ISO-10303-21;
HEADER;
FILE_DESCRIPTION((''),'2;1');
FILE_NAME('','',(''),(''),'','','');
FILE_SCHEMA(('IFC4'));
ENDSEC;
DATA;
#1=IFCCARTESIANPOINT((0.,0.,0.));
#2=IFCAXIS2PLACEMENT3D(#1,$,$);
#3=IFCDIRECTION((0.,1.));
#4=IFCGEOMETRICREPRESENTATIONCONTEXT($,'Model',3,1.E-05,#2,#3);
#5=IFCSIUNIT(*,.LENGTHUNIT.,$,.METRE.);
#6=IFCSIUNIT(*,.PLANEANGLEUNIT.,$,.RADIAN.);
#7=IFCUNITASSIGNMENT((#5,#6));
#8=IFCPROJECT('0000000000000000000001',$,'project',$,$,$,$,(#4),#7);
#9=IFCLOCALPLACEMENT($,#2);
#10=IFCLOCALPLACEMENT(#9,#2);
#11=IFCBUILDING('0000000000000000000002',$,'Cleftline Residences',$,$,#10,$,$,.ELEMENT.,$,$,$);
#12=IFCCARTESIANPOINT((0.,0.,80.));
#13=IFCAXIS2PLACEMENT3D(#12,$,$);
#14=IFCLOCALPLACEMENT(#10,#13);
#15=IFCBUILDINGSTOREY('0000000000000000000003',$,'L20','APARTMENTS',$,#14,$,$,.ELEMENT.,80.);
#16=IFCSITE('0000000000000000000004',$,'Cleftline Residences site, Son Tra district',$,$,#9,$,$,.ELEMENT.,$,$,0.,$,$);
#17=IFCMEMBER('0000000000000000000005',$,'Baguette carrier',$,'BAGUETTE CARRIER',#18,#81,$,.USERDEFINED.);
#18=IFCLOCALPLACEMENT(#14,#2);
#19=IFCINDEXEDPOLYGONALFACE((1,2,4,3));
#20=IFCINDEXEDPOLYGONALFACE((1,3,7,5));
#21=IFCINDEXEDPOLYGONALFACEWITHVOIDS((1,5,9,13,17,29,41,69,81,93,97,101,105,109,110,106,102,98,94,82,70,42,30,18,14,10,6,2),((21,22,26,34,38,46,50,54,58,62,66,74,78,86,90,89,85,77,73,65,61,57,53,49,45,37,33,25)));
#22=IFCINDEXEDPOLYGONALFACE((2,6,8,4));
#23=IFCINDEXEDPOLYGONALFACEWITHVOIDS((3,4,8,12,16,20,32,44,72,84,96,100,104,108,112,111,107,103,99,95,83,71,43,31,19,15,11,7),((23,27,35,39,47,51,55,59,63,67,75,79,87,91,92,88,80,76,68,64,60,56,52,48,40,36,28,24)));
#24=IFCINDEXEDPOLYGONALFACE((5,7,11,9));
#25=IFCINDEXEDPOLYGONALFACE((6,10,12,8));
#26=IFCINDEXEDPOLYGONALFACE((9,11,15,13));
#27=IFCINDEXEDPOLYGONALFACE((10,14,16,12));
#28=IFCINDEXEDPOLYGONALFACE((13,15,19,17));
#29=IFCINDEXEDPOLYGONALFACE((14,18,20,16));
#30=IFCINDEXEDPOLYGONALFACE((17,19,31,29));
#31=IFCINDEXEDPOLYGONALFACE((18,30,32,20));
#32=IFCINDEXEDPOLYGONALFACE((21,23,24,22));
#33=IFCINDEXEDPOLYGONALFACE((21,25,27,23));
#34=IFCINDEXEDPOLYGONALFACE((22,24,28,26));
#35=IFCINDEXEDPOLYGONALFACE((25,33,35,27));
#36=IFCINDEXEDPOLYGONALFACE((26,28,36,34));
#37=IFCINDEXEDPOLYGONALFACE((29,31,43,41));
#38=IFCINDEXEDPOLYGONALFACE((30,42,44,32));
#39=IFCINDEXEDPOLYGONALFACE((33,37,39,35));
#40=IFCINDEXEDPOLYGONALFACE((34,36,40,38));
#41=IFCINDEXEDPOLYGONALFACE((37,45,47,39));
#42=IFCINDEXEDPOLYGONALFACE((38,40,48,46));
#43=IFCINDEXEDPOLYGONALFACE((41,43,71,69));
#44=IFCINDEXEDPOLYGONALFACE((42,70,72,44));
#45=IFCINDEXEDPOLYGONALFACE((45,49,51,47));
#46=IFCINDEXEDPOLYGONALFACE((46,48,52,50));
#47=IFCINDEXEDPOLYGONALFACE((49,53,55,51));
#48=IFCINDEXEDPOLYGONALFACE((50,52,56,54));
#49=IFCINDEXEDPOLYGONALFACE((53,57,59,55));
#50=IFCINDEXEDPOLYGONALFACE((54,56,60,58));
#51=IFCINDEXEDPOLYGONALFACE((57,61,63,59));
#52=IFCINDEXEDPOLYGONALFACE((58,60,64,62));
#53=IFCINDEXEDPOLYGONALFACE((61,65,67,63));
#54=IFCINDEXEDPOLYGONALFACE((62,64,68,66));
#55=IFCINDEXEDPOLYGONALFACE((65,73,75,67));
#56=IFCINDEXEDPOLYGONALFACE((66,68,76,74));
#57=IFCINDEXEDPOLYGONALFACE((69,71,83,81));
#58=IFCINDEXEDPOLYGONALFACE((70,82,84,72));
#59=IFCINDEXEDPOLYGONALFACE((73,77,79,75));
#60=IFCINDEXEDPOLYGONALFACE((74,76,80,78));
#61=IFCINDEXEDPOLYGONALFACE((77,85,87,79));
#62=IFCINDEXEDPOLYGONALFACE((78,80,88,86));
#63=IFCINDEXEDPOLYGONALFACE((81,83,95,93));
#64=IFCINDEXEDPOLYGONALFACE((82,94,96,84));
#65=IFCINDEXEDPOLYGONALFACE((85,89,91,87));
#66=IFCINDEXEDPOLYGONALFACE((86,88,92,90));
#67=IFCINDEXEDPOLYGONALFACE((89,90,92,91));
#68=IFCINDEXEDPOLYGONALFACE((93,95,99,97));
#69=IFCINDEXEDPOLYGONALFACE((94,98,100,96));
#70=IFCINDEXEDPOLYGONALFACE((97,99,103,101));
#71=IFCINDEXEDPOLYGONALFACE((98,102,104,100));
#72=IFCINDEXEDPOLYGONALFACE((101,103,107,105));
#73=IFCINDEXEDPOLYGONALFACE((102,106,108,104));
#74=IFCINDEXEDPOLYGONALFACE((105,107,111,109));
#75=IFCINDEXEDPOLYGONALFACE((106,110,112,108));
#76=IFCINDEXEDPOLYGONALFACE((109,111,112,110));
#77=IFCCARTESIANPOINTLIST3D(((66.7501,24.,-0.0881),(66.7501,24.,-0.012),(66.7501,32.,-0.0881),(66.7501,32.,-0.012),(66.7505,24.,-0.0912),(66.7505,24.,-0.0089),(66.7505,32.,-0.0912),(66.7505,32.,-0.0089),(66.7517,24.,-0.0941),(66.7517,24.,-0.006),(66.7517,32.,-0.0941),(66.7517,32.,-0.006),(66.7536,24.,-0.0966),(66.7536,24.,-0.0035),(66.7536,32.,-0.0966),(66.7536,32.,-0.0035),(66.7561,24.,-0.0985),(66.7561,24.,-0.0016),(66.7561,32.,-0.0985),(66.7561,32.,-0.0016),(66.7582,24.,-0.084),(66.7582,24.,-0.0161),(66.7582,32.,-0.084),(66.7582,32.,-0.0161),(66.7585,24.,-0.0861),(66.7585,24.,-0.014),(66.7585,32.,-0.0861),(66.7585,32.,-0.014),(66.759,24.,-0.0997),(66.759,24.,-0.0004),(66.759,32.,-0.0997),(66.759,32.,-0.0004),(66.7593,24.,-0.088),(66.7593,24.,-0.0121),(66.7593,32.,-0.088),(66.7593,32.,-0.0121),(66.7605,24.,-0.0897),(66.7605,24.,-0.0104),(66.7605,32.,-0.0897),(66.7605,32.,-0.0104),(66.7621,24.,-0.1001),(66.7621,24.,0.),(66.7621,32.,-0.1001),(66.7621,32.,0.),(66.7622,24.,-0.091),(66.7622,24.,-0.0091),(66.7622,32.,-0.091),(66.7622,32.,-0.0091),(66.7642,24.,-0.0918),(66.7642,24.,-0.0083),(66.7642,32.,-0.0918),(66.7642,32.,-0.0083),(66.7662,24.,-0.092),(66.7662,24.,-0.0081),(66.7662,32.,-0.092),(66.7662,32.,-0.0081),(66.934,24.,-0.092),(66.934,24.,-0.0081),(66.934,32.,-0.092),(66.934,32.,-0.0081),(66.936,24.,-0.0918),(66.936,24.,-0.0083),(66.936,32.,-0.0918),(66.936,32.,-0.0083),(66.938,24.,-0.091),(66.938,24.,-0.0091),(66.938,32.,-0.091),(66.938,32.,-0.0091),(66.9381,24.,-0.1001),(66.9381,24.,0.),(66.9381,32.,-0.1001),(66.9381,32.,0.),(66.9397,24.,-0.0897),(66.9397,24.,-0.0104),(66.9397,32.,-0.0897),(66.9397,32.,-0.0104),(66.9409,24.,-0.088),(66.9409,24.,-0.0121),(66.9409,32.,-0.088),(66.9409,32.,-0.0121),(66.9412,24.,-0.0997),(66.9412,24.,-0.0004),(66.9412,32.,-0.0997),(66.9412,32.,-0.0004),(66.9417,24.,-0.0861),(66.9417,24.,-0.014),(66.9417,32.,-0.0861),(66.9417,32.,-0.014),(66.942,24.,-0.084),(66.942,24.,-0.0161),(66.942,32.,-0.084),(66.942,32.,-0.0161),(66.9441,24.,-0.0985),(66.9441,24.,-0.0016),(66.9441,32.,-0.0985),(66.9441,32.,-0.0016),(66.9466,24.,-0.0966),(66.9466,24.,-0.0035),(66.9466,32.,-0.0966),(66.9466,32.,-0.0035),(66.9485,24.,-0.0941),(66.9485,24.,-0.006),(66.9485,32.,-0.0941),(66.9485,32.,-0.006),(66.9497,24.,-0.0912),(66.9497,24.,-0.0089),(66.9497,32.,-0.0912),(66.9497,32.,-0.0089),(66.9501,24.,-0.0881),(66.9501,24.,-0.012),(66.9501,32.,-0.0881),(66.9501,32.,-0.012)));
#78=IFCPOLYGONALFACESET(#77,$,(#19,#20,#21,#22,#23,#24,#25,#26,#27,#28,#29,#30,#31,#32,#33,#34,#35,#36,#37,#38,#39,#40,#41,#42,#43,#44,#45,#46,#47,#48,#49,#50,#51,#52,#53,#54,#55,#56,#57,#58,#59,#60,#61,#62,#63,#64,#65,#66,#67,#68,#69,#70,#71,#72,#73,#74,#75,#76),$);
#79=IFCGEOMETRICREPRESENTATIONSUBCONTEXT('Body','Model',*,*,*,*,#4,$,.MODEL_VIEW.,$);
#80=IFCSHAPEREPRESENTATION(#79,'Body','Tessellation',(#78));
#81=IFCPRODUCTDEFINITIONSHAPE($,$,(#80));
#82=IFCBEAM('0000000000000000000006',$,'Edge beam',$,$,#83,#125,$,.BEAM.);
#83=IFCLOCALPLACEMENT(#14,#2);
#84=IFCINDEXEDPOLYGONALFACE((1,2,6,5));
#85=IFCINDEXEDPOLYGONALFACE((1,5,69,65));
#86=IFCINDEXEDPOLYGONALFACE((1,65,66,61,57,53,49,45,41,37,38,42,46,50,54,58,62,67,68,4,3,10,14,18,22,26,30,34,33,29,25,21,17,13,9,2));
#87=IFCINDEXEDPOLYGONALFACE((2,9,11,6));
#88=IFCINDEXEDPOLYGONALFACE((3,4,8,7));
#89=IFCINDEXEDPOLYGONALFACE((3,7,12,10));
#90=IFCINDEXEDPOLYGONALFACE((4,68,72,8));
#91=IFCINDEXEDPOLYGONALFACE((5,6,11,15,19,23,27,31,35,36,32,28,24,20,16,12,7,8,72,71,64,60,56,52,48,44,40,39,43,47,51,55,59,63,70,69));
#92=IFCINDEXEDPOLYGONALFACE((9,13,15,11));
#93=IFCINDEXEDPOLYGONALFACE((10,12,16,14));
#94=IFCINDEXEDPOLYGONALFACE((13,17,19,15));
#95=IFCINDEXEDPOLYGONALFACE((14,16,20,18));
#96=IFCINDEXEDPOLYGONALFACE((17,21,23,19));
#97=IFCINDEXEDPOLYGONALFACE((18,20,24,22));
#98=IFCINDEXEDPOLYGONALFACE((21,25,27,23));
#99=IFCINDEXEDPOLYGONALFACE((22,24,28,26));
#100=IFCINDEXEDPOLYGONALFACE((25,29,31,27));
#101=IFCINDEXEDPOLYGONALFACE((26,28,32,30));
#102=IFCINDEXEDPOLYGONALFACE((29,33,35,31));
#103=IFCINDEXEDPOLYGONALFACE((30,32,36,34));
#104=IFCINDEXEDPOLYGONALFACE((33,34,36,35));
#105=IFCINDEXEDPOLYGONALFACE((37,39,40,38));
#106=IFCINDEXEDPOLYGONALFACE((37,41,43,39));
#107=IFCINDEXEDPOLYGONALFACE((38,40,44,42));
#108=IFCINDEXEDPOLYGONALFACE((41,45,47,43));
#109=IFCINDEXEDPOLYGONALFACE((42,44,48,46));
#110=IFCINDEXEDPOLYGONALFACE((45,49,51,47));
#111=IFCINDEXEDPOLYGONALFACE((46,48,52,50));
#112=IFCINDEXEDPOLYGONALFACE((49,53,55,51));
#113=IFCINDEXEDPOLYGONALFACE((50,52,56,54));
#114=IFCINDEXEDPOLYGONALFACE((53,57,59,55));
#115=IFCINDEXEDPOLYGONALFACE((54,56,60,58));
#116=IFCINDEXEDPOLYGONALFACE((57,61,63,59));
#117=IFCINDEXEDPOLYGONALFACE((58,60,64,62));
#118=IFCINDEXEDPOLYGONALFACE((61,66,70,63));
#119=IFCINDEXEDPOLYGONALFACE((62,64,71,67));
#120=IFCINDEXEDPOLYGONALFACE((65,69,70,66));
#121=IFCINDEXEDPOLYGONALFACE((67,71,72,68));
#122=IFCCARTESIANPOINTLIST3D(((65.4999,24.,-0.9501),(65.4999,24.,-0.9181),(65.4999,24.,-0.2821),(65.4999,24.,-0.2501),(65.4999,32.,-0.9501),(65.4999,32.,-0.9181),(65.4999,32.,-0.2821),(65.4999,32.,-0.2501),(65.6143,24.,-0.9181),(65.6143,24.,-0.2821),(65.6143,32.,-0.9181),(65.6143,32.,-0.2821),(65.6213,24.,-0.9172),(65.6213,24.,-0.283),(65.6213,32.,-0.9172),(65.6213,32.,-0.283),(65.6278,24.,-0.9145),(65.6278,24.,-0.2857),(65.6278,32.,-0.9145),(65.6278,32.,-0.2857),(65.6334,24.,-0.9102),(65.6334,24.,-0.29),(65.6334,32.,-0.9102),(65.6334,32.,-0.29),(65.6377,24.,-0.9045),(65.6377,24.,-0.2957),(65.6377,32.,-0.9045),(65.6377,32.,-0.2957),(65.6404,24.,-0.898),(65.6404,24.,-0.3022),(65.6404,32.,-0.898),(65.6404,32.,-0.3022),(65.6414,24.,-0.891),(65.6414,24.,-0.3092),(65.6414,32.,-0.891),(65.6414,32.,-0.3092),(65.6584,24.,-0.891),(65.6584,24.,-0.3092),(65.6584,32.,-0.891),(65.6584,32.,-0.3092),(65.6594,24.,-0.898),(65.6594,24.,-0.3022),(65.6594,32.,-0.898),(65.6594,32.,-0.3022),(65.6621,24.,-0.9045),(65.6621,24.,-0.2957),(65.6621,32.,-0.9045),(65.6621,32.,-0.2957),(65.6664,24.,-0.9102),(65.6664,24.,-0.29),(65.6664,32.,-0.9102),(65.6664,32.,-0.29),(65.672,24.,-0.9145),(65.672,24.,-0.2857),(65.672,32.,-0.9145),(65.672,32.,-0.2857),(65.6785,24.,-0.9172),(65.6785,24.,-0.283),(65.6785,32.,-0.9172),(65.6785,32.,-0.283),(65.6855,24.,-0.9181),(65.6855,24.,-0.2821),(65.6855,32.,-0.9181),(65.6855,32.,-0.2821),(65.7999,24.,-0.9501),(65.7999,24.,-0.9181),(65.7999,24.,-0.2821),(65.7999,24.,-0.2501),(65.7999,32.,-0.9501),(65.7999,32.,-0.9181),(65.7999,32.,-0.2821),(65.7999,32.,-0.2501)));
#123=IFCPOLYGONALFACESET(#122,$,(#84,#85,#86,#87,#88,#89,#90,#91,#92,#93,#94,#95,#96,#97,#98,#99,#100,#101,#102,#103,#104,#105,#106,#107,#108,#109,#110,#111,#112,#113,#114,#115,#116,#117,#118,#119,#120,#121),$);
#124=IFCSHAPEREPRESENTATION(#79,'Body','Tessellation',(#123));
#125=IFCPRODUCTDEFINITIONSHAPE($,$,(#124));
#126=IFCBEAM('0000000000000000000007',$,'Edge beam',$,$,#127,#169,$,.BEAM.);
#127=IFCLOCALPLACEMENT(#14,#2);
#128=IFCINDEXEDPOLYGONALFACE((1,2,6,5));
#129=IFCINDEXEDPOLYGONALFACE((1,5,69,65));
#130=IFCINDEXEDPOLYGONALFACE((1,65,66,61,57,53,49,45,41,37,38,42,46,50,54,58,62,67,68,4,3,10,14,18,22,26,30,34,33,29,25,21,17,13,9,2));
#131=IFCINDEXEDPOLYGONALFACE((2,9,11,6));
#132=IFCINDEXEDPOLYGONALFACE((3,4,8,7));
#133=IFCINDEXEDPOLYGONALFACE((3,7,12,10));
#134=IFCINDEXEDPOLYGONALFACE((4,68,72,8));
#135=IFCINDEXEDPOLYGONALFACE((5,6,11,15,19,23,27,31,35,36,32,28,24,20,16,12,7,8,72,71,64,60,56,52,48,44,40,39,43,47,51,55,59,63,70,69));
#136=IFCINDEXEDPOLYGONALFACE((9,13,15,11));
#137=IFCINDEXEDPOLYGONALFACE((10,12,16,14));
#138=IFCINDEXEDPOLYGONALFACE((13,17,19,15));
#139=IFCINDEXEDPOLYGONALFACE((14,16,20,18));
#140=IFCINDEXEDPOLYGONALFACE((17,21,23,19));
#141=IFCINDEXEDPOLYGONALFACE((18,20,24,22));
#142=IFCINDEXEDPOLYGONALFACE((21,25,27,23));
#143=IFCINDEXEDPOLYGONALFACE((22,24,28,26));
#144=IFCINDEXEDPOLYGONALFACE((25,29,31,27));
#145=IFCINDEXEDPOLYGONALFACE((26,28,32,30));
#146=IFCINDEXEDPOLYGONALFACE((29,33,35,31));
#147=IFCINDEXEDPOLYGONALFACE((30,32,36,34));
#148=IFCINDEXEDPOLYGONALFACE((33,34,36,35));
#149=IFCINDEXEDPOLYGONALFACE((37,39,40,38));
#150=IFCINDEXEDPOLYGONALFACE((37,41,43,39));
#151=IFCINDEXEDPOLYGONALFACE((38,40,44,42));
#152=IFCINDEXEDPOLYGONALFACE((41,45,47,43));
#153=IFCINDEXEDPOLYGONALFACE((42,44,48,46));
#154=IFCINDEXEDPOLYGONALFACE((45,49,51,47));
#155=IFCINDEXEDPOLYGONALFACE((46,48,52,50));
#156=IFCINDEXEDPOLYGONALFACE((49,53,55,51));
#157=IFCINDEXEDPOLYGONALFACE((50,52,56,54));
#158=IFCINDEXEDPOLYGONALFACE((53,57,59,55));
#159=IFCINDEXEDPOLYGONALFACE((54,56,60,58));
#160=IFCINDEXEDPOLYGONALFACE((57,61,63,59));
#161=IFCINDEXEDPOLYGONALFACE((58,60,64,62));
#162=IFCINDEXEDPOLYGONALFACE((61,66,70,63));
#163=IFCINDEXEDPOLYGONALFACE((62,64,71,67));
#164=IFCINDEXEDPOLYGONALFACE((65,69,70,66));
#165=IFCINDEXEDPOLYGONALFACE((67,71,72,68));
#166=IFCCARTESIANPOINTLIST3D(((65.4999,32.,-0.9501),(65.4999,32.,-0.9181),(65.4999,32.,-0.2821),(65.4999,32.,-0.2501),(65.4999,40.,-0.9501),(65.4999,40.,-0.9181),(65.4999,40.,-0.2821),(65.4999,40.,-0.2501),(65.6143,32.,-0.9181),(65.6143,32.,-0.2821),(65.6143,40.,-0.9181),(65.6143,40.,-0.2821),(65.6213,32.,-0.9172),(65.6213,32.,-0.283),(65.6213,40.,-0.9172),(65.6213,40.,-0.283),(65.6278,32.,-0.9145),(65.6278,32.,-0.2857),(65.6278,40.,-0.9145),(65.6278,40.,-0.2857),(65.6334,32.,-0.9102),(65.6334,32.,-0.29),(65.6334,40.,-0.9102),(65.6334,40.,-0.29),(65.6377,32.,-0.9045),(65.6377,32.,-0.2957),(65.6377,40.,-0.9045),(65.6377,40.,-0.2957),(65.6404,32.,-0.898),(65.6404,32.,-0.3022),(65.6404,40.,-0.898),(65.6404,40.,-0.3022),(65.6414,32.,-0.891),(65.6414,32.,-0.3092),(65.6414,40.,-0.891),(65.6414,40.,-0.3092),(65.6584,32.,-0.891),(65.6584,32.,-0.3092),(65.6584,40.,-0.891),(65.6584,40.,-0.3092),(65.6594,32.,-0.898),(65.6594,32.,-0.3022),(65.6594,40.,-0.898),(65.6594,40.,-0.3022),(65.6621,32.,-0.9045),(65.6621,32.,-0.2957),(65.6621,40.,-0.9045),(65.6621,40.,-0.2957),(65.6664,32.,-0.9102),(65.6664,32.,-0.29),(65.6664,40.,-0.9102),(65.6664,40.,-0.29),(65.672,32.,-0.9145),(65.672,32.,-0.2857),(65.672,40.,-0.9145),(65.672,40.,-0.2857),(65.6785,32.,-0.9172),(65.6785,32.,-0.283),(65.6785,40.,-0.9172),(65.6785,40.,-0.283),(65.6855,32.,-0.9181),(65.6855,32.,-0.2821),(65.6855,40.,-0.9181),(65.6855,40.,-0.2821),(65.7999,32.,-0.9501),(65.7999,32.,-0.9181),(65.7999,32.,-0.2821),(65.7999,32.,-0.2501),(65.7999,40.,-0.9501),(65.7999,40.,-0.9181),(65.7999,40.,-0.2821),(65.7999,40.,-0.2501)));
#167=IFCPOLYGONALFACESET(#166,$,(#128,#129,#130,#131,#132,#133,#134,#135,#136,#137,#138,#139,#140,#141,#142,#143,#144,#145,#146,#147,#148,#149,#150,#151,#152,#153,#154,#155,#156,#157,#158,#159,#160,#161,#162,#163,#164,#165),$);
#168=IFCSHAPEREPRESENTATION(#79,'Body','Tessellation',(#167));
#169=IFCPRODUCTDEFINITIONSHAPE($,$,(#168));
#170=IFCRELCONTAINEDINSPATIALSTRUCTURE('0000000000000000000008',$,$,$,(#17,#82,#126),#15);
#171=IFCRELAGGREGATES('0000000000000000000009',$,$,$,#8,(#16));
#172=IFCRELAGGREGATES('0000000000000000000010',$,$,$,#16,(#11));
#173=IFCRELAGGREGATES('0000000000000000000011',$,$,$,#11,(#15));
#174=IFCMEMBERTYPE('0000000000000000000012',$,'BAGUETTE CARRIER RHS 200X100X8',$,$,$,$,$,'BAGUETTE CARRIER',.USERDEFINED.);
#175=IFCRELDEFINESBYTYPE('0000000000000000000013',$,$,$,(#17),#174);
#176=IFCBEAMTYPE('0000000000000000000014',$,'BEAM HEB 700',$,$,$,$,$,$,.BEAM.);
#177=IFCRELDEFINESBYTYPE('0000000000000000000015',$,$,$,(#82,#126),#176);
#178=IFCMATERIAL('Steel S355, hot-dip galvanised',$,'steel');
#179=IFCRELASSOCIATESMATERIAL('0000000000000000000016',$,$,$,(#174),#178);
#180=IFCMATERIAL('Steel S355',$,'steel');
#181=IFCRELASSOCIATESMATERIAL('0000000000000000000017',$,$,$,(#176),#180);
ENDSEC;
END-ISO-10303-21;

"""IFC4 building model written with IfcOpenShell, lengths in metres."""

from ifc_helpers import new_model, si_unit, direction, frame, origin, origin_2d, place, context, subcontext, project, spatial, hollow_rectangle, i_section, extrude, material, material_profile, profile_set, type_object, element, save


model = new_model("IFC4")

# Units and contexts
model_context = context("Model", 3, precision=1e-05, world=origin(), true_north=direction((0.0, 1.0)))
body_context = subcontext(model_context, "Body", "Model", "MODEL_VIEW")
ifc_project = project(units=[si_unit("LENGTHUNIT", "METRE"), si_unit("PLANEANGLEUNIT", "RADIAN")], contexts=[model_context])

# Site, building, storey
site_placement = place(None, origin())
site = spatial("IfcSite", under=ifc_project, at=site_placement, Name="Cleftline Residences site, Son Tra district", CompositionType="ELEMENT", RefElevation=0.0)
building_placement = place(site_placement, origin())
building = spatial("IfcBuilding", under=site, at=building_placement, Name="Cleftline Residences", CompositionType="ELEMENT")
storey_placement = place(building_placement, frame((0.0, 0.0, 80.0)))
storey = spatial("IfcBuildingStorey", under=building, at=storey_placement, Name="L20", Description="APARTMENTS", CompositionType="ELEMENT", Elevation=80.0)

# Member
ifc_material_1 = material(Name="Steel S355, hot-dip galvanised", Category="steel")
ifc_material_profile_1 = material_profile(ifc_material_1, hollow_rectangle(XDim=0.1001, YDim=0.2, WallThickness=0.0081, InnerFilletRadius=0.0081, OuterFilletRadius=0.012, at=origin_2d()))
ifc_profile_set_1 = profile_set([ifc_material_profile_1], Name="Steel S355, hot-dip galvanised")
member_type_1 = type_object("IfcMemberType", Name="BAGUETTE CARRIER RHS 200X100X8", ElementType="BAGUETTE CARRIER", PredefinedType="USERDEFINED", material=ifc_profile_set_1)
member_1_placement = place(storey_placement, frame((66.8501, 24.0, -0.05), z_axis=(0.0, 1.0, 0.0), x_axis=(0.0, 0.0, 1.0)))
element("IfcMember", 1, at=member_1_placement, inside=storey, type_object=member_type_1, Name="Baguette carrier", ObjectType="BAGUETTE CARRIER", PredefinedType="USERDEFINED", context=body_context, shape_type="SweptSolid", body=[
    extrude(hollow_rectangle(XDim=0.1001, YDim=0.2, WallThickness=0.0081, InnerFilletRadius=0.0081, OuterFilletRadius=0.012, at=origin_2d()), origin(), (0.0, 0.0, 1.0), 8.0),
])

# Beams
ifc_material_2 = material(Name="Steel S355", Category="steel")
ifc_material_profile_2 = material_profile(ifc_material_2, i_section(OverallWidth=0.3, OverallDepth=0.7, WebThickness=0.0171, FlangeThickness=0.032, FilletRadius=0.0271, at=origin_2d()))
ifc_profile_set_2 = profile_set([ifc_material_profile_2], Name="Steel S355")
beam_type_1 = type_object("IfcBeamType", Name="BEAM HEB 700", PredefinedType="BEAM", material=ifc_profile_set_2)
for number, where, z_axis, x_axis, name in (
    (2, (65.6499, 24.0, -0.6001), (0.0, 1.0, 0.0), (-1.0, 0.0, 0.0), "Edge beam"),
    (3, (65.6499, 32.0, -0.6001), (0.0, 1.0, 0.0), (-1.0, 0.0, 0.0), "Edge beam"),
):
    element("IfcBeam", number, at=place(storey_placement, frame(where, z_axis=z_axis, x_axis=x_axis)), inside=storey, type_object=beam_type_1, Name=name, PredefinedType="BEAM", context=body_context, shape_type="SweptSolid", body=[
        extrude(i_section(OverallWidth=0.3, OverallDepth=0.7, WebThickness=0.0171, FlangeThickness=0.032, FilletRadius=0.0271, at=origin_2d()), origin(), (0.0, 0.0, 1.0), 8.0),
    ])

save(model, "model.ifc")
